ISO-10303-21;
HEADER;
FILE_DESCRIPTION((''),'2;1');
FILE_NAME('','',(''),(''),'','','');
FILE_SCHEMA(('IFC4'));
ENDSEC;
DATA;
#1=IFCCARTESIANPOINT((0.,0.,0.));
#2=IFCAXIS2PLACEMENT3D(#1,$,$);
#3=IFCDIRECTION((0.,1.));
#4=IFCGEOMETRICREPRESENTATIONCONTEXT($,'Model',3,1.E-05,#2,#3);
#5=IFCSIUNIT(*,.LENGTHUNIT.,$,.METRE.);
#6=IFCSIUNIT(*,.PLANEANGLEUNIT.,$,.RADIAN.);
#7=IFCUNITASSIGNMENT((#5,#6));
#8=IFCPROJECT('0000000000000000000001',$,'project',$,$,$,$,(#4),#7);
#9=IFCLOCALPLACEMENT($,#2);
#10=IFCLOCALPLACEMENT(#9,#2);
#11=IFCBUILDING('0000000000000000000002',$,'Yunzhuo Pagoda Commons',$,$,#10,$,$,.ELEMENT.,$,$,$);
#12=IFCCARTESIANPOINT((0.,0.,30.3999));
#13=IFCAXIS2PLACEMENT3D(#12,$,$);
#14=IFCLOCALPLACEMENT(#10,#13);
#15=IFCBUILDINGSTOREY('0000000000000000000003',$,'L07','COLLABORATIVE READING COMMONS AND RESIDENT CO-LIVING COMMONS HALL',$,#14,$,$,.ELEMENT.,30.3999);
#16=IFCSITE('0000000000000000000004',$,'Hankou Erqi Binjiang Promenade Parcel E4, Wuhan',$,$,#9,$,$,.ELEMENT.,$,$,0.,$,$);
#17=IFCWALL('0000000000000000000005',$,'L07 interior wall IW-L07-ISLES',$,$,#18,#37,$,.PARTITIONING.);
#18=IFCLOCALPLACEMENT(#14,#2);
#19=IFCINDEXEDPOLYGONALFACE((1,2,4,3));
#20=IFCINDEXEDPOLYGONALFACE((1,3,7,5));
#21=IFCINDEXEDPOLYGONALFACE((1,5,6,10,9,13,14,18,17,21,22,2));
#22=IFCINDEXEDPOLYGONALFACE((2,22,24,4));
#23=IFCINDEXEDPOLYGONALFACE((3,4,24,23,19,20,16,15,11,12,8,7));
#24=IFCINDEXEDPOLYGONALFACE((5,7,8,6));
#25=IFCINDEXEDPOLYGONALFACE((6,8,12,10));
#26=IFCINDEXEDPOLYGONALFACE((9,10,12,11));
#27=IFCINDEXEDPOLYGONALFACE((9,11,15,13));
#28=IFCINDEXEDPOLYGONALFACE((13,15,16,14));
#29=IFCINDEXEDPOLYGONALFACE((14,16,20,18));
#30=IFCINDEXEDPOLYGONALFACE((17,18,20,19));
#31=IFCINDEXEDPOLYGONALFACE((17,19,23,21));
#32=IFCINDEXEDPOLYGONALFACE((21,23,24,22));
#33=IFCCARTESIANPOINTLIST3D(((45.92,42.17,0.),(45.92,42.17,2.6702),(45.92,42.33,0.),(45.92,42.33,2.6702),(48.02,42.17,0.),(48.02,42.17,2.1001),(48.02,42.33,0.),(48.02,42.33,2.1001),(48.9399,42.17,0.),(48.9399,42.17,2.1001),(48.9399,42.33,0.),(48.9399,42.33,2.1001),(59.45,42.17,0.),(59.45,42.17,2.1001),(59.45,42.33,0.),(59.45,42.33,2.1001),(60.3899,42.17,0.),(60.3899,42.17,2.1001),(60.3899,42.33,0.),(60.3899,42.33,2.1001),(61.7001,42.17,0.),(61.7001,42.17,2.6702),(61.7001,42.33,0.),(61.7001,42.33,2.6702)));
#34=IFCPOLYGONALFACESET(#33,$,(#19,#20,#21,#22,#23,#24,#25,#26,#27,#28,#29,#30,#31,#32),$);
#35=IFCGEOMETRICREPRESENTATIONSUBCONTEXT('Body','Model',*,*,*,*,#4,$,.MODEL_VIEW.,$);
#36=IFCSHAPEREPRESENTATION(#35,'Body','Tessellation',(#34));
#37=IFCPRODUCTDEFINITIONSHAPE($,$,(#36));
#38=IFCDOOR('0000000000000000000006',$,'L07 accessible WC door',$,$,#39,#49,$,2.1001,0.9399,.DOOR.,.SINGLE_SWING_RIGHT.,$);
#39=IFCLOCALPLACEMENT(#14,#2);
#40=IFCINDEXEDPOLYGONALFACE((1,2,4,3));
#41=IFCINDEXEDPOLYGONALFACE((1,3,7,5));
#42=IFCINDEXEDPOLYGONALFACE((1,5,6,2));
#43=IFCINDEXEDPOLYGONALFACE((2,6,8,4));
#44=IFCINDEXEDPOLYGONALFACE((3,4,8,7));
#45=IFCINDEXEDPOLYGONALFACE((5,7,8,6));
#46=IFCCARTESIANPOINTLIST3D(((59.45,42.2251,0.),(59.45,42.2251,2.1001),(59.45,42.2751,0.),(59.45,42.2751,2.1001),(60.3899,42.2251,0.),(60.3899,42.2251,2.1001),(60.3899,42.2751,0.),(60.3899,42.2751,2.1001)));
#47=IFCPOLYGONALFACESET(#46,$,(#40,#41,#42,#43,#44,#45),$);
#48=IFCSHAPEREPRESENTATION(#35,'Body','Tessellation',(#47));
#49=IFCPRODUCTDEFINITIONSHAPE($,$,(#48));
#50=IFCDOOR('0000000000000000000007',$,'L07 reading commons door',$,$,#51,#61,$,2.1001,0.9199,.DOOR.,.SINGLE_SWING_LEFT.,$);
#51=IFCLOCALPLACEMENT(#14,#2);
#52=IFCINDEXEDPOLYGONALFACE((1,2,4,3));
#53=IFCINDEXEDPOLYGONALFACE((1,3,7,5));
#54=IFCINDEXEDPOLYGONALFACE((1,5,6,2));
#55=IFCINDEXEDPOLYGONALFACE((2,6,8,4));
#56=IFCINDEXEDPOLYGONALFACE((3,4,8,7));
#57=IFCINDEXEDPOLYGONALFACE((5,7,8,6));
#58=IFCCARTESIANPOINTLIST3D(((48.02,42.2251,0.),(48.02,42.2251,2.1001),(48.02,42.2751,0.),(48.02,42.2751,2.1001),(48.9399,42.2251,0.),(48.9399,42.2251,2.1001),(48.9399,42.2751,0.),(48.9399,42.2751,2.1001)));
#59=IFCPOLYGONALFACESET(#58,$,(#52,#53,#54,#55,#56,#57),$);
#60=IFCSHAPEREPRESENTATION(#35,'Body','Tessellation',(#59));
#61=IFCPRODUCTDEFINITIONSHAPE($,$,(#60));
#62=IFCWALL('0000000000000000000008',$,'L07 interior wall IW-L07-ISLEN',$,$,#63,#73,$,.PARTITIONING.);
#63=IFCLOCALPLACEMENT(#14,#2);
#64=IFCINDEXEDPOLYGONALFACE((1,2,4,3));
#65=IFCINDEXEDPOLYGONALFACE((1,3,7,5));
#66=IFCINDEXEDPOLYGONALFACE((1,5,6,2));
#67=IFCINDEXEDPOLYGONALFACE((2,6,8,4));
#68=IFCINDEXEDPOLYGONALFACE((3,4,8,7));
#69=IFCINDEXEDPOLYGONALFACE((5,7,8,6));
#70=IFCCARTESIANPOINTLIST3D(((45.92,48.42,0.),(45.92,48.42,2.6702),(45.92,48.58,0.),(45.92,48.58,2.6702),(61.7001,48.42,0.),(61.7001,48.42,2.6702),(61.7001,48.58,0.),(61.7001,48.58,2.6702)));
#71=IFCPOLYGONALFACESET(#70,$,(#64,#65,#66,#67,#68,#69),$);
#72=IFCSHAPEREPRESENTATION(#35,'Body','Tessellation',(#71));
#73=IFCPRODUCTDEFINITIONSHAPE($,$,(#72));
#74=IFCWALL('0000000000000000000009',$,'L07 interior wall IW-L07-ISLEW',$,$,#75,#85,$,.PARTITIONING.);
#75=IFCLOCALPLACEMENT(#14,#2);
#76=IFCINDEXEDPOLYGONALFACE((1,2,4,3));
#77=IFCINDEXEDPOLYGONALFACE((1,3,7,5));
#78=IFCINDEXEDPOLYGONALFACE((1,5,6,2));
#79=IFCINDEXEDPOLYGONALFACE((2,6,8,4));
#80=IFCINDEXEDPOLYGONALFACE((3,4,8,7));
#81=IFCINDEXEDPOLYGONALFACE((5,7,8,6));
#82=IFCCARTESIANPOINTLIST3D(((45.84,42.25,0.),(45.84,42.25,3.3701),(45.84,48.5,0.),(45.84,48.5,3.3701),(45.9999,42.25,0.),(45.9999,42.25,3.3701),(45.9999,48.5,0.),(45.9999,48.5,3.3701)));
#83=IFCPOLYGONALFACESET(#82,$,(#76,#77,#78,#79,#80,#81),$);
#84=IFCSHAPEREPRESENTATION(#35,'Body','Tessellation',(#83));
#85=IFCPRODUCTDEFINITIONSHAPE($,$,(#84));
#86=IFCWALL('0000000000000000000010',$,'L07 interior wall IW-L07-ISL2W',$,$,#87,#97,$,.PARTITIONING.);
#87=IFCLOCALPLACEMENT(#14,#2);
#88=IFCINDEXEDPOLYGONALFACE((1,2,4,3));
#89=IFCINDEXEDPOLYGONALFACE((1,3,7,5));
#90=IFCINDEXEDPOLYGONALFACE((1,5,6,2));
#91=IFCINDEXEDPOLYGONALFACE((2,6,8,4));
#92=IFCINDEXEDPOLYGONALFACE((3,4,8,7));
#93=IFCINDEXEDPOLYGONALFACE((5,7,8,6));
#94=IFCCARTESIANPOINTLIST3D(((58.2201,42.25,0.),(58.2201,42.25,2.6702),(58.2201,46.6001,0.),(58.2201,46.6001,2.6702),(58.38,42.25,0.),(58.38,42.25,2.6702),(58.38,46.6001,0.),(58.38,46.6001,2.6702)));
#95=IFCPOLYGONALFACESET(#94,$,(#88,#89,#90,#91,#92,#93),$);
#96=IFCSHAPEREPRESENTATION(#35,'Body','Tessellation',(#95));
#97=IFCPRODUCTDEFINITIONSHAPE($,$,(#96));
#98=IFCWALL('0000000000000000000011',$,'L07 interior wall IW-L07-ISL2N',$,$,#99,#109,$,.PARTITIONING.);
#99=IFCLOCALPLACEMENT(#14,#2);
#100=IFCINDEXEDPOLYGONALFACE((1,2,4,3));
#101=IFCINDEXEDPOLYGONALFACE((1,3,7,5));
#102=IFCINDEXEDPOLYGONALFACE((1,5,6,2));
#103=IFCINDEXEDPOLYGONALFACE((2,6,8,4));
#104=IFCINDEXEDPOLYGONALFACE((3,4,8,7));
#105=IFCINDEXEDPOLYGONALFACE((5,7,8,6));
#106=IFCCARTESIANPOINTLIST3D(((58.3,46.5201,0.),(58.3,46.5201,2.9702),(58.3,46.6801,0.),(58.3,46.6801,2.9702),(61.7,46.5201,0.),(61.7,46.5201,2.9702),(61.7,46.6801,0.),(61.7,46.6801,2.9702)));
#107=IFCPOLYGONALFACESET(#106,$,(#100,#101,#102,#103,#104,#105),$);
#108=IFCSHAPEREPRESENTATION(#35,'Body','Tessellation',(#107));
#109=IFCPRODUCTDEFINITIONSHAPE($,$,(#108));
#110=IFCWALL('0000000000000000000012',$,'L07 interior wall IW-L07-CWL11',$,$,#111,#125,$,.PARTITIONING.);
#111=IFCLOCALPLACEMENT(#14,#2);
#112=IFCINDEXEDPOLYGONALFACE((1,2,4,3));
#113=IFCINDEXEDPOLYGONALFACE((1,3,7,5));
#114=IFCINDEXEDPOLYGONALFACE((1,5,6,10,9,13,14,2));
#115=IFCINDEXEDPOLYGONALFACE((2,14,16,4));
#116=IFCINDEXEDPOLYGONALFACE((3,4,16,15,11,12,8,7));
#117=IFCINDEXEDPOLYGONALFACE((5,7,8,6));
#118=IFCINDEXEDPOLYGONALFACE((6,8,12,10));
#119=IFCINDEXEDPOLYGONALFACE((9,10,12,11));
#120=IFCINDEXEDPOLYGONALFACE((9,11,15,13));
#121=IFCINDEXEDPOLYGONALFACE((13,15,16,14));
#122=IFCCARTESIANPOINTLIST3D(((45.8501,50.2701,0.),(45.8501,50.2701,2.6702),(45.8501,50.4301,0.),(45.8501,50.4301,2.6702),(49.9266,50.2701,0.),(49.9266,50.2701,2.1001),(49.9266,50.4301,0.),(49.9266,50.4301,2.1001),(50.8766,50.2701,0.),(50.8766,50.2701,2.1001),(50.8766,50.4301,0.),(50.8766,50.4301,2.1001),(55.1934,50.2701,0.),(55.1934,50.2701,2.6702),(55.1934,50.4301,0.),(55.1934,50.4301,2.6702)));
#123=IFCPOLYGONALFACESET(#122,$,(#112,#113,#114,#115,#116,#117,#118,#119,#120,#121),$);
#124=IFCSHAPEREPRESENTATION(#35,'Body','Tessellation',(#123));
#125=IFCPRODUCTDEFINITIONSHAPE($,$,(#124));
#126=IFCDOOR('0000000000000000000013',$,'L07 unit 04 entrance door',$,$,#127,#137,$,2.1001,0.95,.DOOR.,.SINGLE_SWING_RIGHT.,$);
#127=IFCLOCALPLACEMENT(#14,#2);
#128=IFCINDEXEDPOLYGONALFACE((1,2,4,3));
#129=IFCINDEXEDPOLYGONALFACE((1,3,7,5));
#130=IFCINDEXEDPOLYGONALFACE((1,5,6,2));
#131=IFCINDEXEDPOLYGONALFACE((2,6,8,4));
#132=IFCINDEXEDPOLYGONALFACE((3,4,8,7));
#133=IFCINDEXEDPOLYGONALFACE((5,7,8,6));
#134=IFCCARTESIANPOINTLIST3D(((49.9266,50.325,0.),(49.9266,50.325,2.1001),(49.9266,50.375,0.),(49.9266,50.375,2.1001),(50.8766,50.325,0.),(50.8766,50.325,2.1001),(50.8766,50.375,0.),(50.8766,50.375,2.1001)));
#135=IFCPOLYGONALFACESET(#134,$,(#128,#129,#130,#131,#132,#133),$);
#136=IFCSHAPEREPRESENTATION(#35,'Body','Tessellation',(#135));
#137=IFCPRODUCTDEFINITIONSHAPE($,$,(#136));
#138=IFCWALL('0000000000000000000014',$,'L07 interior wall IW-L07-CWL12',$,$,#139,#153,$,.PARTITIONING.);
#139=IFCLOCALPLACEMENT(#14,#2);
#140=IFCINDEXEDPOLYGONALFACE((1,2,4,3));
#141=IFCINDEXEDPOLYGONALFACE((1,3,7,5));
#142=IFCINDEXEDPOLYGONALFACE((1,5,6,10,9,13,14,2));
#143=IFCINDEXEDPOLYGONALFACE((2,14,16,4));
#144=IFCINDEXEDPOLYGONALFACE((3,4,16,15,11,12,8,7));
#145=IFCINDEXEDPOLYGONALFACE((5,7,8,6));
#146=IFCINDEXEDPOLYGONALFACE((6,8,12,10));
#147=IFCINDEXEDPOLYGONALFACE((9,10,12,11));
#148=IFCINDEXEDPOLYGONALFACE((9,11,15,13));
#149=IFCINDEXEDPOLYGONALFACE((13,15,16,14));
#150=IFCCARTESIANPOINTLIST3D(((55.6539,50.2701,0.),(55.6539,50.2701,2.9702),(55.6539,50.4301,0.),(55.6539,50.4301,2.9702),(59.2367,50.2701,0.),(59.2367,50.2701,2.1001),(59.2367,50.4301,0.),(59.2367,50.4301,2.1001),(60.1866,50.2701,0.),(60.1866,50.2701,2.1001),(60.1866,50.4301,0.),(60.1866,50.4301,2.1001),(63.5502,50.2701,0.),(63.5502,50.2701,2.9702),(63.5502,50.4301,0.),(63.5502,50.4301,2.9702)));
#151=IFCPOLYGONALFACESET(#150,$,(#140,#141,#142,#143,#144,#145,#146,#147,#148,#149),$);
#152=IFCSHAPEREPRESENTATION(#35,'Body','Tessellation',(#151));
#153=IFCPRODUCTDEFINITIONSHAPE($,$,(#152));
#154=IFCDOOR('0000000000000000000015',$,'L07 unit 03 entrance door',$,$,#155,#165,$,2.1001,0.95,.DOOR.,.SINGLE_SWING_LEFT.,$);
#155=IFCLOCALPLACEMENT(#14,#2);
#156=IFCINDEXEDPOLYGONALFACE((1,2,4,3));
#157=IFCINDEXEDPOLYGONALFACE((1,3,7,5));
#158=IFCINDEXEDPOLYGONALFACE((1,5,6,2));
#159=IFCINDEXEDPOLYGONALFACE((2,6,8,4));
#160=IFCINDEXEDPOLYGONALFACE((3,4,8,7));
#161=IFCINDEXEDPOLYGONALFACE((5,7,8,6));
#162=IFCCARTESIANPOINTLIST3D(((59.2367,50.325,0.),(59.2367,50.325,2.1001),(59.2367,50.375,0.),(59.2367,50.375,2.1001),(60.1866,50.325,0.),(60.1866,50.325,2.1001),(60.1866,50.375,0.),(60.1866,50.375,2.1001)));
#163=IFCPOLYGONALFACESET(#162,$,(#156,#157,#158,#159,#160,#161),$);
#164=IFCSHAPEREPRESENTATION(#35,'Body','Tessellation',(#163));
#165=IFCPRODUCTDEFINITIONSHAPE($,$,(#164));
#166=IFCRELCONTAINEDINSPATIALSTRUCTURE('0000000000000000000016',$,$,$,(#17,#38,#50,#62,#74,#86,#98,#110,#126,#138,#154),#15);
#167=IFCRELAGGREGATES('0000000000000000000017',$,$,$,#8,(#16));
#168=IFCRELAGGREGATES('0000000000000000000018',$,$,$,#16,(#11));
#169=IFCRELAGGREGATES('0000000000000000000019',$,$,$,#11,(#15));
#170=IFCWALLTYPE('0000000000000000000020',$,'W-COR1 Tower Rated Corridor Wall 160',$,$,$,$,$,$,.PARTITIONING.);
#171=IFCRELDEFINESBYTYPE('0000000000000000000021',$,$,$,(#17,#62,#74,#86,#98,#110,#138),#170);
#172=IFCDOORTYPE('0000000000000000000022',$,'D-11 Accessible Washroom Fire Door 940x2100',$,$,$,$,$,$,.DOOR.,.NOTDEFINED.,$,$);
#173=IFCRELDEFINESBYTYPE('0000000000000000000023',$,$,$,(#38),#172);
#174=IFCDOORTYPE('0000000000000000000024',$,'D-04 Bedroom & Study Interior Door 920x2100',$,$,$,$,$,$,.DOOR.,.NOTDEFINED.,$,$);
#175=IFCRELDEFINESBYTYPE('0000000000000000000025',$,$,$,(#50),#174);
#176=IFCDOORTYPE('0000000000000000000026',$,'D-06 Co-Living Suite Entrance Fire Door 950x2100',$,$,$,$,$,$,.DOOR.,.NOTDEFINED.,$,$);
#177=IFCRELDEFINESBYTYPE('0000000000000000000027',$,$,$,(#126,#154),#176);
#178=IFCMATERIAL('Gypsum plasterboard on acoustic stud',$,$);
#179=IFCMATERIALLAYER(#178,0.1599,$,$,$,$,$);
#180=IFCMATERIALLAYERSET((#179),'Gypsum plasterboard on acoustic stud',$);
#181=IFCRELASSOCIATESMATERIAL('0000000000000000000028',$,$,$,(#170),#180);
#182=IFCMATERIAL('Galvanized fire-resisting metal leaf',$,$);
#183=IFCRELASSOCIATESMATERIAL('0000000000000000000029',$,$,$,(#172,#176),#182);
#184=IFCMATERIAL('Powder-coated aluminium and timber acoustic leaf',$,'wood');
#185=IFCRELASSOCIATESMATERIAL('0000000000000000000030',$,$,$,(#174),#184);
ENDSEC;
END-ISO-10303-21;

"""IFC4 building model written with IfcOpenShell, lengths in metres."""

from ifc_helpers import new_model, si_unit, direction, frame, frame_2d, origin, origin_with_axes, place, context, subcontext, project, spatial, rectangle, extrude, source, transform, mapped, material, layer, layer_set, type_object, element, fill, save


model = new_model("IFC4")

# Units and contexts
model_context = context("Model", 3, precision=1e-05, world=origin(), true_north=direction((0.0, 1.0)))
body_context = subcontext(model_context, "Body", "Model", "MODEL_VIEW")
ifc_project = project(units=[si_unit("LENGTHUNIT", "METRE"), si_unit("PLANEANGLEUNIT", "RADIAN")], contexts=[model_context])

# Site, building, storey
site_placement = place(None, origin())
site = spatial("IfcSite", under=ifc_project, at=site_placement, Name="Hankou Erqi Binjiang Promenade Parcel E4, Wuhan", CompositionType="ELEMENT", RefElevation=0.0)
building_placement = place(site_placement, origin())
building = spatial("IfcBuilding", under=site, at=building_placement, Name="Yunzhuo Pagoda Commons", CompositionType="ELEMENT")
storey_placement = place(building_placement, frame((0.0, 0.0, 30.3999)))
storey = spatial("IfcBuildingStorey", under=building, at=storey_placement, Name="L07", Description="COLLABORATIVE READING COMMONS AND RESIDENT CO-LIVING COMMONS HALL", CompositionType="ELEMENT", Elevation=30.3999)

# Shared definitions
ifc_material_1 = material(Name="Galvanized fire-resisting metal leaf")

# Wall, openings, doors
ifc_material_2 = material(Name="Gypsum plasterboard on acoustic stud")
ifc_layer_1 = layer(ifc_material_2, 0.1599)
ifc_layer_set_1 = layer_set([ifc_layer_1], Name="Gypsum plasterboard on acoustic stud")
wall_type_1 = type_object("IfcWallType", Name="W-COR1 Tower Rated Corridor Wall 160", PredefinedType="PARTITIONING", material=ifc_layer_set_1)
wall_1_placement = place(storey_placement, frame((45.9199, 42.25, 0.0), z_axis=(0.0, 0.0, 1.0), x_axis=(1.0, 0.0, 0.0)))
wall_1 = element("IfcWall", 1, at=wall_1_placement, inside=storey, type_object=wall_type_1, Name="L07 interior wall IW-L07-ISLES", PredefinedType="PARTITIONING", context=body_context, shape_type="SweptSolid", body=[
    extrude(rectangle(XDim=15.78, YDim=0.1599, at=frame_2d((7.8901, 0.0))), origin(), (0.0, 0.0, 1.0), 2.6702),
])
opening_1_placement = place(wall_1_placement, frame((2.1001, 0.0, 0.0)))
opening_1 = element("IfcOpeningElement", 2, at=opening_1_placement, cuts=wall_1, PredefinedType="OPENING", context=body_context, shape_type="SweptSolid", body=[
    extrude(rectangle(XDim=0.9199, YDim=2.1001, at=frame_2d((0.46, 1.05))), frame((0.0, 0.0898, 0.0), z_axis=(0.0, -1.0, 0.0), x_axis=(1.0, 0.0, 0.0)), (0.0, 0.0, 1.0), 0.1799),
])
opening_2_placement = place(wall_1_placement, frame((13.53, 0.0, 0.0)))
opening_2 = element("IfcOpeningElement", 3, at=opening_2_placement, cuts=wall_1, PredefinedType="OPENING", context=body_context, shape_type="SweptSolid", body=[
    extrude(rectangle(XDim=0.9399, YDim=2.1001, at=frame_2d((0.47, 1.05))), frame((0.0, 0.0898, 0.0), z_axis=(0.0, -1.0, 0.0), x_axis=(1.0, 0.0, 0.0)), (0.0, 0.0, 1.0), 0.1799),
])
door_type_1 = type_object("IfcDoorType", Name="D-11 Accessible Washroom Fire Door 940x2100", OperationType="NOTDEFINED", PredefinedType="DOOR", material=ifc_material_1)
shared_shape_1 = source(origin(), body_context, "Body", "SweptSolid", [
    extrude(rectangle(XDim=0.9399, YDim=2.1001, at=frame_2d((0.47, 1.05))), frame((0.0, 0.0249, 0.0), z_axis=(0.0, -1.0, 0.0), x_axis=(1.0, 0.0, 0.0)), (0.0, 0.0, 1.0), 0.05),
])
door_1_placement = place(opening_2_placement, frame((0.9399, 0.0, 0.0), z_axis=(0.0, 0.0, 1.0), x_axis=(-1.0, 0.0, 0.0)))
door_1 = element("IfcDoor", 4, at=door_1_placement, inside=storey, type_object=door_type_1, Name="L07 accessible WC door", OperationType="SINGLE_SWING_RIGHT", OverallHeight=2.1001, OverallWidth=0.9399, PredefinedType="DOOR", context=body_context, shape_type="MappedRepresentation", body=[
    mapped(shared_shape_1, transform((0.0, 0.0, 0.0), scale=1.0)),
])
fill(opening_2, door_1)
ifc_material_3 = material(Name="Powder-coated aluminium and timber acoustic leaf", Category="wood")
door_type_2 = type_object("IfcDoorType", Name="D-04 Bedroom & Study Interior Door 920x2100", OperationType="NOTDEFINED", PredefinedType="DOOR", material=ifc_material_3)
shared_shape_2 = source(origin(), body_context, "Body", "SweptSolid", [
    extrude(rectangle(XDim=0.9199, YDim=2.1001, at=frame_2d((0.46, 1.05))), frame((0.0, 0.0249, 0.0), z_axis=(0.0, -1.0, 0.0), x_axis=(1.0, 0.0, 0.0)), (0.0, 0.0, 1.0), 0.05),
])
door_2_placement = place(opening_1_placement, frame((0.9199, 0.0, 0.0), z_axis=(0.0, 0.0, 1.0), x_axis=(-1.0, 0.0, 0.0)))
door_2 = element("IfcDoor", 5, at=door_2_placement, inside=storey, type_object=door_type_2, Name="L07 reading commons door", OperationType="SINGLE_SWING_LEFT", OverallHeight=2.1001, OverallWidth=0.9199, PredefinedType="DOOR", context=body_context, shape_type="MappedRepresentation", body=[
    mapped(shared_shape_2, transform((0.0, 0.0, 0.0), scale=1.0)),
])
fill(opening_1, door_2)

# Walls
wall_2_placement = place(storey_placement, frame((45.9199, 48.5, 0.0), z_axis=(0.0, 0.0, 1.0), x_axis=(1.0, 0.0, 0.0)))
element("IfcWall", 6, at=wall_2_placement, inside=storey, type_object=wall_type_1, Name="L07 interior wall IW-L07-ISLEN", PredefinedType="PARTITIONING", context=body_context, shape_type="SweptSolid", body=[
    extrude(rectangle(XDim=15.78, YDim=0.1599, at=frame_2d((7.8901, 0.0))), origin(), (0.0, 0.0, 1.0), 2.6702),
])
wall_3_placement = place(storey_placement, frame((45.9199, 42.25, 0.0), z_axis=(0.0, 0.0, 1.0), x_axis=(0.0, 1.0, 0.0)))
element("IfcWall", 7, at=wall_3_placement, inside=storey, type_object=wall_type_1, Name="L07 interior wall IW-L07-ISLEW", PredefinedType="PARTITIONING", context=body_context, shape_type="SweptSolid", body=[
    extrude(rectangle(XDim=6.25, YDim=0.1599, at=frame_2d((3.125, 0.0))), origin(), (0.0, 0.0, 1.0), 3.3701),
])
wall_4_placement = place(storey_placement, frame((58.3, 42.25, 0.0), z_axis=(0.0, 0.0, 1.0), x_axis=(0.0, 1.0, 0.0)))
element("IfcWall", 8, at=wall_4_placement, inside=storey, type_object=wall_type_1, Name="L07 interior wall IW-L07-ISL2W", PredefinedType="PARTITIONING", context=body_context, shape_type="SweptSolid", body=[
    extrude(rectangle(XDim=4.3501, YDim=0.1599, at=frame_2d((2.175, 0.0))), origin(), (0.0, 0.0, 1.0), 2.6702),
])
wall_5_placement = place(storey_placement, frame((58.3, 46.6001, 0.0), z_axis=(0.0, 0.0, 1.0), x_axis=(1.0, 0.0, 0.0)))
element("IfcWall", 9, at=wall_5_placement, inside=storey, type_object=wall_type_1, Name="L07 interior wall IW-L07-ISL2N", PredefinedType="PARTITIONING", context=body_context, shape_type="SweptSolid", body=[
    extrude(rectangle(XDim=3.3999, YDim=0.1599, at=frame_2d((1.7, 0.0))), origin(), (0.0, 0.0, 1.0), 2.9702),
])

# Walls, openings, doors
wall_6_placement = place(storey_placement, frame((45.8501, 50.3501, 0.0), z_axis=(0.0, 0.0, 1.0), x_axis=(1.0, 0.0, 0.0)))
wall_6 = element("IfcWall", 10, at=wall_6_placement, inside=storey, type_object=wall_type_1, Name="L07 interior wall IW-L07-CWL11", PredefinedType="PARTITIONING", context=body_context, shape_type="SweptSolid", body=[
    extrude(rectangle(XDim=9.3433, YDim=0.1599, at=frame_2d((4.6716, 0.0))), origin(), (0.0, 0.0, 1.0), 2.6702),
])
opening_3_placement = place(wall_6_placement, frame((4.0764, 0.0, 0.0)))
opening_3 = element("IfcOpeningElement", 11, at=opening_3_placement, cuts=wall_6, PredefinedType="OPENING", context=body_context, shape_type="SweptSolid", body=[
    extrude(rectangle(XDim=0.95, YDim=2.1001, at=frame_2d((0.4751, 1.05))), frame((0.0, 0.0898, 0.0), z_axis=(0.0, -1.0, 0.0), x_axis=(1.0, 0.0, 0.0)), (0.0, 0.0, 1.0), 0.1799),
])
door_type_3 = type_object("IfcDoorType", Name="D-06 Co-Living Suite Entrance Fire Door 950x2100", OperationType="NOTDEFINED", PredefinedType="DOOR", material=ifc_material_1)
shared_shape_3 = source(origin(), body_context, "Body", "SweptSolid", [
    extrude(rectangle(XDim=0.95, YDim=2.1001, at=frame_2d((0.4751, 1.05))), frame((0.0, 0.0249, 0.0), z_axis=(0.0, -1.0, 0.0), x_axis=(1.0, 0.0, 0.0)), (0.0, 0.0, 1.0), 0.05),
])
door_3_placement = place(opening_3_placement, origin_with_axes())
door_3 = element("IfcDoor", 12, at=door_3_placement, inside=storey, type_object=door_type_3, Name="L07 unit 04 entrance door", OperationType="SINGLE_SWING_RIGHT", OverallHeight=2.1001, OverallWidth=0.95, PredefinedType="DOOR", context=body_context, shape_type="MappedRepresentation", body=[
    mapped(shared_shape_3, transform((0.0, 0.0, 0.0), scale=1.0)),
])
fill(opening_3, door_3)
wall_7_placement = place(storey_placement, frame((55.6538, 50.3501, 0.0), z_axis=(0.0, 0.0, 1.0), x_axis=(1.0, 0.0, 0.0)))
wall_7 = element("IfcWall", 13, at=wall_7_placement, inside=storey, type_object=wall_type_1, Name="L07 interior wall IW-L07-CWL12", PredefinedType="PARTITIONING", context=body_context, shape_type="SweptSolid", body=[
    extrude(rectangle(XDim=7.8962, YDim=0.1599, at=frame_2d((3.9482, 0.0))), origin(), (0.0, 0.0, 1.0), 2.9702),
])
opening_4_placement = place(wall_7_placement, frame((3.5828, 0.0, 0.0)))
opening_4 = element("IfcOpeningElement", 14, at=opening_4_placement, cuts=wall_7, PredefinedType="OPENING", context=body_context, shape_type="SweptSolid", body=[
    extrude(rectangle(XDim=0.95, YDim=2.1001, at=frame_2d((0.4751, 1.05))), frame((0.0, 0.0898, 0.0), z_axis=(0.0, -1.0, 0.0), x_axis=(1.0, 0.0, 0.0)), (0.0, 0.0, 1.0), 0.1799),
])
door_4_placement = place(opening_4_placement, origin_with_axes())
door_4 = element("IfcDoor", 15, at=door_4_placement, inside=storey, type_object=door_type_3, Name="L07 unit 03 entrance door", OperationType="SINGLE_SWING_LEFT", OverallHeight=2.1001, OverallWidth=0.95, PredefinedType="DOOR", context=body_context, shape_type="MappedRepresentation", body=[
    mapped(shared_shape_3, transform((0.0, 0.0, 0.0), scale=1.0)),
])
fill(opening_4, door_4)

save(model, "model.ifc")
